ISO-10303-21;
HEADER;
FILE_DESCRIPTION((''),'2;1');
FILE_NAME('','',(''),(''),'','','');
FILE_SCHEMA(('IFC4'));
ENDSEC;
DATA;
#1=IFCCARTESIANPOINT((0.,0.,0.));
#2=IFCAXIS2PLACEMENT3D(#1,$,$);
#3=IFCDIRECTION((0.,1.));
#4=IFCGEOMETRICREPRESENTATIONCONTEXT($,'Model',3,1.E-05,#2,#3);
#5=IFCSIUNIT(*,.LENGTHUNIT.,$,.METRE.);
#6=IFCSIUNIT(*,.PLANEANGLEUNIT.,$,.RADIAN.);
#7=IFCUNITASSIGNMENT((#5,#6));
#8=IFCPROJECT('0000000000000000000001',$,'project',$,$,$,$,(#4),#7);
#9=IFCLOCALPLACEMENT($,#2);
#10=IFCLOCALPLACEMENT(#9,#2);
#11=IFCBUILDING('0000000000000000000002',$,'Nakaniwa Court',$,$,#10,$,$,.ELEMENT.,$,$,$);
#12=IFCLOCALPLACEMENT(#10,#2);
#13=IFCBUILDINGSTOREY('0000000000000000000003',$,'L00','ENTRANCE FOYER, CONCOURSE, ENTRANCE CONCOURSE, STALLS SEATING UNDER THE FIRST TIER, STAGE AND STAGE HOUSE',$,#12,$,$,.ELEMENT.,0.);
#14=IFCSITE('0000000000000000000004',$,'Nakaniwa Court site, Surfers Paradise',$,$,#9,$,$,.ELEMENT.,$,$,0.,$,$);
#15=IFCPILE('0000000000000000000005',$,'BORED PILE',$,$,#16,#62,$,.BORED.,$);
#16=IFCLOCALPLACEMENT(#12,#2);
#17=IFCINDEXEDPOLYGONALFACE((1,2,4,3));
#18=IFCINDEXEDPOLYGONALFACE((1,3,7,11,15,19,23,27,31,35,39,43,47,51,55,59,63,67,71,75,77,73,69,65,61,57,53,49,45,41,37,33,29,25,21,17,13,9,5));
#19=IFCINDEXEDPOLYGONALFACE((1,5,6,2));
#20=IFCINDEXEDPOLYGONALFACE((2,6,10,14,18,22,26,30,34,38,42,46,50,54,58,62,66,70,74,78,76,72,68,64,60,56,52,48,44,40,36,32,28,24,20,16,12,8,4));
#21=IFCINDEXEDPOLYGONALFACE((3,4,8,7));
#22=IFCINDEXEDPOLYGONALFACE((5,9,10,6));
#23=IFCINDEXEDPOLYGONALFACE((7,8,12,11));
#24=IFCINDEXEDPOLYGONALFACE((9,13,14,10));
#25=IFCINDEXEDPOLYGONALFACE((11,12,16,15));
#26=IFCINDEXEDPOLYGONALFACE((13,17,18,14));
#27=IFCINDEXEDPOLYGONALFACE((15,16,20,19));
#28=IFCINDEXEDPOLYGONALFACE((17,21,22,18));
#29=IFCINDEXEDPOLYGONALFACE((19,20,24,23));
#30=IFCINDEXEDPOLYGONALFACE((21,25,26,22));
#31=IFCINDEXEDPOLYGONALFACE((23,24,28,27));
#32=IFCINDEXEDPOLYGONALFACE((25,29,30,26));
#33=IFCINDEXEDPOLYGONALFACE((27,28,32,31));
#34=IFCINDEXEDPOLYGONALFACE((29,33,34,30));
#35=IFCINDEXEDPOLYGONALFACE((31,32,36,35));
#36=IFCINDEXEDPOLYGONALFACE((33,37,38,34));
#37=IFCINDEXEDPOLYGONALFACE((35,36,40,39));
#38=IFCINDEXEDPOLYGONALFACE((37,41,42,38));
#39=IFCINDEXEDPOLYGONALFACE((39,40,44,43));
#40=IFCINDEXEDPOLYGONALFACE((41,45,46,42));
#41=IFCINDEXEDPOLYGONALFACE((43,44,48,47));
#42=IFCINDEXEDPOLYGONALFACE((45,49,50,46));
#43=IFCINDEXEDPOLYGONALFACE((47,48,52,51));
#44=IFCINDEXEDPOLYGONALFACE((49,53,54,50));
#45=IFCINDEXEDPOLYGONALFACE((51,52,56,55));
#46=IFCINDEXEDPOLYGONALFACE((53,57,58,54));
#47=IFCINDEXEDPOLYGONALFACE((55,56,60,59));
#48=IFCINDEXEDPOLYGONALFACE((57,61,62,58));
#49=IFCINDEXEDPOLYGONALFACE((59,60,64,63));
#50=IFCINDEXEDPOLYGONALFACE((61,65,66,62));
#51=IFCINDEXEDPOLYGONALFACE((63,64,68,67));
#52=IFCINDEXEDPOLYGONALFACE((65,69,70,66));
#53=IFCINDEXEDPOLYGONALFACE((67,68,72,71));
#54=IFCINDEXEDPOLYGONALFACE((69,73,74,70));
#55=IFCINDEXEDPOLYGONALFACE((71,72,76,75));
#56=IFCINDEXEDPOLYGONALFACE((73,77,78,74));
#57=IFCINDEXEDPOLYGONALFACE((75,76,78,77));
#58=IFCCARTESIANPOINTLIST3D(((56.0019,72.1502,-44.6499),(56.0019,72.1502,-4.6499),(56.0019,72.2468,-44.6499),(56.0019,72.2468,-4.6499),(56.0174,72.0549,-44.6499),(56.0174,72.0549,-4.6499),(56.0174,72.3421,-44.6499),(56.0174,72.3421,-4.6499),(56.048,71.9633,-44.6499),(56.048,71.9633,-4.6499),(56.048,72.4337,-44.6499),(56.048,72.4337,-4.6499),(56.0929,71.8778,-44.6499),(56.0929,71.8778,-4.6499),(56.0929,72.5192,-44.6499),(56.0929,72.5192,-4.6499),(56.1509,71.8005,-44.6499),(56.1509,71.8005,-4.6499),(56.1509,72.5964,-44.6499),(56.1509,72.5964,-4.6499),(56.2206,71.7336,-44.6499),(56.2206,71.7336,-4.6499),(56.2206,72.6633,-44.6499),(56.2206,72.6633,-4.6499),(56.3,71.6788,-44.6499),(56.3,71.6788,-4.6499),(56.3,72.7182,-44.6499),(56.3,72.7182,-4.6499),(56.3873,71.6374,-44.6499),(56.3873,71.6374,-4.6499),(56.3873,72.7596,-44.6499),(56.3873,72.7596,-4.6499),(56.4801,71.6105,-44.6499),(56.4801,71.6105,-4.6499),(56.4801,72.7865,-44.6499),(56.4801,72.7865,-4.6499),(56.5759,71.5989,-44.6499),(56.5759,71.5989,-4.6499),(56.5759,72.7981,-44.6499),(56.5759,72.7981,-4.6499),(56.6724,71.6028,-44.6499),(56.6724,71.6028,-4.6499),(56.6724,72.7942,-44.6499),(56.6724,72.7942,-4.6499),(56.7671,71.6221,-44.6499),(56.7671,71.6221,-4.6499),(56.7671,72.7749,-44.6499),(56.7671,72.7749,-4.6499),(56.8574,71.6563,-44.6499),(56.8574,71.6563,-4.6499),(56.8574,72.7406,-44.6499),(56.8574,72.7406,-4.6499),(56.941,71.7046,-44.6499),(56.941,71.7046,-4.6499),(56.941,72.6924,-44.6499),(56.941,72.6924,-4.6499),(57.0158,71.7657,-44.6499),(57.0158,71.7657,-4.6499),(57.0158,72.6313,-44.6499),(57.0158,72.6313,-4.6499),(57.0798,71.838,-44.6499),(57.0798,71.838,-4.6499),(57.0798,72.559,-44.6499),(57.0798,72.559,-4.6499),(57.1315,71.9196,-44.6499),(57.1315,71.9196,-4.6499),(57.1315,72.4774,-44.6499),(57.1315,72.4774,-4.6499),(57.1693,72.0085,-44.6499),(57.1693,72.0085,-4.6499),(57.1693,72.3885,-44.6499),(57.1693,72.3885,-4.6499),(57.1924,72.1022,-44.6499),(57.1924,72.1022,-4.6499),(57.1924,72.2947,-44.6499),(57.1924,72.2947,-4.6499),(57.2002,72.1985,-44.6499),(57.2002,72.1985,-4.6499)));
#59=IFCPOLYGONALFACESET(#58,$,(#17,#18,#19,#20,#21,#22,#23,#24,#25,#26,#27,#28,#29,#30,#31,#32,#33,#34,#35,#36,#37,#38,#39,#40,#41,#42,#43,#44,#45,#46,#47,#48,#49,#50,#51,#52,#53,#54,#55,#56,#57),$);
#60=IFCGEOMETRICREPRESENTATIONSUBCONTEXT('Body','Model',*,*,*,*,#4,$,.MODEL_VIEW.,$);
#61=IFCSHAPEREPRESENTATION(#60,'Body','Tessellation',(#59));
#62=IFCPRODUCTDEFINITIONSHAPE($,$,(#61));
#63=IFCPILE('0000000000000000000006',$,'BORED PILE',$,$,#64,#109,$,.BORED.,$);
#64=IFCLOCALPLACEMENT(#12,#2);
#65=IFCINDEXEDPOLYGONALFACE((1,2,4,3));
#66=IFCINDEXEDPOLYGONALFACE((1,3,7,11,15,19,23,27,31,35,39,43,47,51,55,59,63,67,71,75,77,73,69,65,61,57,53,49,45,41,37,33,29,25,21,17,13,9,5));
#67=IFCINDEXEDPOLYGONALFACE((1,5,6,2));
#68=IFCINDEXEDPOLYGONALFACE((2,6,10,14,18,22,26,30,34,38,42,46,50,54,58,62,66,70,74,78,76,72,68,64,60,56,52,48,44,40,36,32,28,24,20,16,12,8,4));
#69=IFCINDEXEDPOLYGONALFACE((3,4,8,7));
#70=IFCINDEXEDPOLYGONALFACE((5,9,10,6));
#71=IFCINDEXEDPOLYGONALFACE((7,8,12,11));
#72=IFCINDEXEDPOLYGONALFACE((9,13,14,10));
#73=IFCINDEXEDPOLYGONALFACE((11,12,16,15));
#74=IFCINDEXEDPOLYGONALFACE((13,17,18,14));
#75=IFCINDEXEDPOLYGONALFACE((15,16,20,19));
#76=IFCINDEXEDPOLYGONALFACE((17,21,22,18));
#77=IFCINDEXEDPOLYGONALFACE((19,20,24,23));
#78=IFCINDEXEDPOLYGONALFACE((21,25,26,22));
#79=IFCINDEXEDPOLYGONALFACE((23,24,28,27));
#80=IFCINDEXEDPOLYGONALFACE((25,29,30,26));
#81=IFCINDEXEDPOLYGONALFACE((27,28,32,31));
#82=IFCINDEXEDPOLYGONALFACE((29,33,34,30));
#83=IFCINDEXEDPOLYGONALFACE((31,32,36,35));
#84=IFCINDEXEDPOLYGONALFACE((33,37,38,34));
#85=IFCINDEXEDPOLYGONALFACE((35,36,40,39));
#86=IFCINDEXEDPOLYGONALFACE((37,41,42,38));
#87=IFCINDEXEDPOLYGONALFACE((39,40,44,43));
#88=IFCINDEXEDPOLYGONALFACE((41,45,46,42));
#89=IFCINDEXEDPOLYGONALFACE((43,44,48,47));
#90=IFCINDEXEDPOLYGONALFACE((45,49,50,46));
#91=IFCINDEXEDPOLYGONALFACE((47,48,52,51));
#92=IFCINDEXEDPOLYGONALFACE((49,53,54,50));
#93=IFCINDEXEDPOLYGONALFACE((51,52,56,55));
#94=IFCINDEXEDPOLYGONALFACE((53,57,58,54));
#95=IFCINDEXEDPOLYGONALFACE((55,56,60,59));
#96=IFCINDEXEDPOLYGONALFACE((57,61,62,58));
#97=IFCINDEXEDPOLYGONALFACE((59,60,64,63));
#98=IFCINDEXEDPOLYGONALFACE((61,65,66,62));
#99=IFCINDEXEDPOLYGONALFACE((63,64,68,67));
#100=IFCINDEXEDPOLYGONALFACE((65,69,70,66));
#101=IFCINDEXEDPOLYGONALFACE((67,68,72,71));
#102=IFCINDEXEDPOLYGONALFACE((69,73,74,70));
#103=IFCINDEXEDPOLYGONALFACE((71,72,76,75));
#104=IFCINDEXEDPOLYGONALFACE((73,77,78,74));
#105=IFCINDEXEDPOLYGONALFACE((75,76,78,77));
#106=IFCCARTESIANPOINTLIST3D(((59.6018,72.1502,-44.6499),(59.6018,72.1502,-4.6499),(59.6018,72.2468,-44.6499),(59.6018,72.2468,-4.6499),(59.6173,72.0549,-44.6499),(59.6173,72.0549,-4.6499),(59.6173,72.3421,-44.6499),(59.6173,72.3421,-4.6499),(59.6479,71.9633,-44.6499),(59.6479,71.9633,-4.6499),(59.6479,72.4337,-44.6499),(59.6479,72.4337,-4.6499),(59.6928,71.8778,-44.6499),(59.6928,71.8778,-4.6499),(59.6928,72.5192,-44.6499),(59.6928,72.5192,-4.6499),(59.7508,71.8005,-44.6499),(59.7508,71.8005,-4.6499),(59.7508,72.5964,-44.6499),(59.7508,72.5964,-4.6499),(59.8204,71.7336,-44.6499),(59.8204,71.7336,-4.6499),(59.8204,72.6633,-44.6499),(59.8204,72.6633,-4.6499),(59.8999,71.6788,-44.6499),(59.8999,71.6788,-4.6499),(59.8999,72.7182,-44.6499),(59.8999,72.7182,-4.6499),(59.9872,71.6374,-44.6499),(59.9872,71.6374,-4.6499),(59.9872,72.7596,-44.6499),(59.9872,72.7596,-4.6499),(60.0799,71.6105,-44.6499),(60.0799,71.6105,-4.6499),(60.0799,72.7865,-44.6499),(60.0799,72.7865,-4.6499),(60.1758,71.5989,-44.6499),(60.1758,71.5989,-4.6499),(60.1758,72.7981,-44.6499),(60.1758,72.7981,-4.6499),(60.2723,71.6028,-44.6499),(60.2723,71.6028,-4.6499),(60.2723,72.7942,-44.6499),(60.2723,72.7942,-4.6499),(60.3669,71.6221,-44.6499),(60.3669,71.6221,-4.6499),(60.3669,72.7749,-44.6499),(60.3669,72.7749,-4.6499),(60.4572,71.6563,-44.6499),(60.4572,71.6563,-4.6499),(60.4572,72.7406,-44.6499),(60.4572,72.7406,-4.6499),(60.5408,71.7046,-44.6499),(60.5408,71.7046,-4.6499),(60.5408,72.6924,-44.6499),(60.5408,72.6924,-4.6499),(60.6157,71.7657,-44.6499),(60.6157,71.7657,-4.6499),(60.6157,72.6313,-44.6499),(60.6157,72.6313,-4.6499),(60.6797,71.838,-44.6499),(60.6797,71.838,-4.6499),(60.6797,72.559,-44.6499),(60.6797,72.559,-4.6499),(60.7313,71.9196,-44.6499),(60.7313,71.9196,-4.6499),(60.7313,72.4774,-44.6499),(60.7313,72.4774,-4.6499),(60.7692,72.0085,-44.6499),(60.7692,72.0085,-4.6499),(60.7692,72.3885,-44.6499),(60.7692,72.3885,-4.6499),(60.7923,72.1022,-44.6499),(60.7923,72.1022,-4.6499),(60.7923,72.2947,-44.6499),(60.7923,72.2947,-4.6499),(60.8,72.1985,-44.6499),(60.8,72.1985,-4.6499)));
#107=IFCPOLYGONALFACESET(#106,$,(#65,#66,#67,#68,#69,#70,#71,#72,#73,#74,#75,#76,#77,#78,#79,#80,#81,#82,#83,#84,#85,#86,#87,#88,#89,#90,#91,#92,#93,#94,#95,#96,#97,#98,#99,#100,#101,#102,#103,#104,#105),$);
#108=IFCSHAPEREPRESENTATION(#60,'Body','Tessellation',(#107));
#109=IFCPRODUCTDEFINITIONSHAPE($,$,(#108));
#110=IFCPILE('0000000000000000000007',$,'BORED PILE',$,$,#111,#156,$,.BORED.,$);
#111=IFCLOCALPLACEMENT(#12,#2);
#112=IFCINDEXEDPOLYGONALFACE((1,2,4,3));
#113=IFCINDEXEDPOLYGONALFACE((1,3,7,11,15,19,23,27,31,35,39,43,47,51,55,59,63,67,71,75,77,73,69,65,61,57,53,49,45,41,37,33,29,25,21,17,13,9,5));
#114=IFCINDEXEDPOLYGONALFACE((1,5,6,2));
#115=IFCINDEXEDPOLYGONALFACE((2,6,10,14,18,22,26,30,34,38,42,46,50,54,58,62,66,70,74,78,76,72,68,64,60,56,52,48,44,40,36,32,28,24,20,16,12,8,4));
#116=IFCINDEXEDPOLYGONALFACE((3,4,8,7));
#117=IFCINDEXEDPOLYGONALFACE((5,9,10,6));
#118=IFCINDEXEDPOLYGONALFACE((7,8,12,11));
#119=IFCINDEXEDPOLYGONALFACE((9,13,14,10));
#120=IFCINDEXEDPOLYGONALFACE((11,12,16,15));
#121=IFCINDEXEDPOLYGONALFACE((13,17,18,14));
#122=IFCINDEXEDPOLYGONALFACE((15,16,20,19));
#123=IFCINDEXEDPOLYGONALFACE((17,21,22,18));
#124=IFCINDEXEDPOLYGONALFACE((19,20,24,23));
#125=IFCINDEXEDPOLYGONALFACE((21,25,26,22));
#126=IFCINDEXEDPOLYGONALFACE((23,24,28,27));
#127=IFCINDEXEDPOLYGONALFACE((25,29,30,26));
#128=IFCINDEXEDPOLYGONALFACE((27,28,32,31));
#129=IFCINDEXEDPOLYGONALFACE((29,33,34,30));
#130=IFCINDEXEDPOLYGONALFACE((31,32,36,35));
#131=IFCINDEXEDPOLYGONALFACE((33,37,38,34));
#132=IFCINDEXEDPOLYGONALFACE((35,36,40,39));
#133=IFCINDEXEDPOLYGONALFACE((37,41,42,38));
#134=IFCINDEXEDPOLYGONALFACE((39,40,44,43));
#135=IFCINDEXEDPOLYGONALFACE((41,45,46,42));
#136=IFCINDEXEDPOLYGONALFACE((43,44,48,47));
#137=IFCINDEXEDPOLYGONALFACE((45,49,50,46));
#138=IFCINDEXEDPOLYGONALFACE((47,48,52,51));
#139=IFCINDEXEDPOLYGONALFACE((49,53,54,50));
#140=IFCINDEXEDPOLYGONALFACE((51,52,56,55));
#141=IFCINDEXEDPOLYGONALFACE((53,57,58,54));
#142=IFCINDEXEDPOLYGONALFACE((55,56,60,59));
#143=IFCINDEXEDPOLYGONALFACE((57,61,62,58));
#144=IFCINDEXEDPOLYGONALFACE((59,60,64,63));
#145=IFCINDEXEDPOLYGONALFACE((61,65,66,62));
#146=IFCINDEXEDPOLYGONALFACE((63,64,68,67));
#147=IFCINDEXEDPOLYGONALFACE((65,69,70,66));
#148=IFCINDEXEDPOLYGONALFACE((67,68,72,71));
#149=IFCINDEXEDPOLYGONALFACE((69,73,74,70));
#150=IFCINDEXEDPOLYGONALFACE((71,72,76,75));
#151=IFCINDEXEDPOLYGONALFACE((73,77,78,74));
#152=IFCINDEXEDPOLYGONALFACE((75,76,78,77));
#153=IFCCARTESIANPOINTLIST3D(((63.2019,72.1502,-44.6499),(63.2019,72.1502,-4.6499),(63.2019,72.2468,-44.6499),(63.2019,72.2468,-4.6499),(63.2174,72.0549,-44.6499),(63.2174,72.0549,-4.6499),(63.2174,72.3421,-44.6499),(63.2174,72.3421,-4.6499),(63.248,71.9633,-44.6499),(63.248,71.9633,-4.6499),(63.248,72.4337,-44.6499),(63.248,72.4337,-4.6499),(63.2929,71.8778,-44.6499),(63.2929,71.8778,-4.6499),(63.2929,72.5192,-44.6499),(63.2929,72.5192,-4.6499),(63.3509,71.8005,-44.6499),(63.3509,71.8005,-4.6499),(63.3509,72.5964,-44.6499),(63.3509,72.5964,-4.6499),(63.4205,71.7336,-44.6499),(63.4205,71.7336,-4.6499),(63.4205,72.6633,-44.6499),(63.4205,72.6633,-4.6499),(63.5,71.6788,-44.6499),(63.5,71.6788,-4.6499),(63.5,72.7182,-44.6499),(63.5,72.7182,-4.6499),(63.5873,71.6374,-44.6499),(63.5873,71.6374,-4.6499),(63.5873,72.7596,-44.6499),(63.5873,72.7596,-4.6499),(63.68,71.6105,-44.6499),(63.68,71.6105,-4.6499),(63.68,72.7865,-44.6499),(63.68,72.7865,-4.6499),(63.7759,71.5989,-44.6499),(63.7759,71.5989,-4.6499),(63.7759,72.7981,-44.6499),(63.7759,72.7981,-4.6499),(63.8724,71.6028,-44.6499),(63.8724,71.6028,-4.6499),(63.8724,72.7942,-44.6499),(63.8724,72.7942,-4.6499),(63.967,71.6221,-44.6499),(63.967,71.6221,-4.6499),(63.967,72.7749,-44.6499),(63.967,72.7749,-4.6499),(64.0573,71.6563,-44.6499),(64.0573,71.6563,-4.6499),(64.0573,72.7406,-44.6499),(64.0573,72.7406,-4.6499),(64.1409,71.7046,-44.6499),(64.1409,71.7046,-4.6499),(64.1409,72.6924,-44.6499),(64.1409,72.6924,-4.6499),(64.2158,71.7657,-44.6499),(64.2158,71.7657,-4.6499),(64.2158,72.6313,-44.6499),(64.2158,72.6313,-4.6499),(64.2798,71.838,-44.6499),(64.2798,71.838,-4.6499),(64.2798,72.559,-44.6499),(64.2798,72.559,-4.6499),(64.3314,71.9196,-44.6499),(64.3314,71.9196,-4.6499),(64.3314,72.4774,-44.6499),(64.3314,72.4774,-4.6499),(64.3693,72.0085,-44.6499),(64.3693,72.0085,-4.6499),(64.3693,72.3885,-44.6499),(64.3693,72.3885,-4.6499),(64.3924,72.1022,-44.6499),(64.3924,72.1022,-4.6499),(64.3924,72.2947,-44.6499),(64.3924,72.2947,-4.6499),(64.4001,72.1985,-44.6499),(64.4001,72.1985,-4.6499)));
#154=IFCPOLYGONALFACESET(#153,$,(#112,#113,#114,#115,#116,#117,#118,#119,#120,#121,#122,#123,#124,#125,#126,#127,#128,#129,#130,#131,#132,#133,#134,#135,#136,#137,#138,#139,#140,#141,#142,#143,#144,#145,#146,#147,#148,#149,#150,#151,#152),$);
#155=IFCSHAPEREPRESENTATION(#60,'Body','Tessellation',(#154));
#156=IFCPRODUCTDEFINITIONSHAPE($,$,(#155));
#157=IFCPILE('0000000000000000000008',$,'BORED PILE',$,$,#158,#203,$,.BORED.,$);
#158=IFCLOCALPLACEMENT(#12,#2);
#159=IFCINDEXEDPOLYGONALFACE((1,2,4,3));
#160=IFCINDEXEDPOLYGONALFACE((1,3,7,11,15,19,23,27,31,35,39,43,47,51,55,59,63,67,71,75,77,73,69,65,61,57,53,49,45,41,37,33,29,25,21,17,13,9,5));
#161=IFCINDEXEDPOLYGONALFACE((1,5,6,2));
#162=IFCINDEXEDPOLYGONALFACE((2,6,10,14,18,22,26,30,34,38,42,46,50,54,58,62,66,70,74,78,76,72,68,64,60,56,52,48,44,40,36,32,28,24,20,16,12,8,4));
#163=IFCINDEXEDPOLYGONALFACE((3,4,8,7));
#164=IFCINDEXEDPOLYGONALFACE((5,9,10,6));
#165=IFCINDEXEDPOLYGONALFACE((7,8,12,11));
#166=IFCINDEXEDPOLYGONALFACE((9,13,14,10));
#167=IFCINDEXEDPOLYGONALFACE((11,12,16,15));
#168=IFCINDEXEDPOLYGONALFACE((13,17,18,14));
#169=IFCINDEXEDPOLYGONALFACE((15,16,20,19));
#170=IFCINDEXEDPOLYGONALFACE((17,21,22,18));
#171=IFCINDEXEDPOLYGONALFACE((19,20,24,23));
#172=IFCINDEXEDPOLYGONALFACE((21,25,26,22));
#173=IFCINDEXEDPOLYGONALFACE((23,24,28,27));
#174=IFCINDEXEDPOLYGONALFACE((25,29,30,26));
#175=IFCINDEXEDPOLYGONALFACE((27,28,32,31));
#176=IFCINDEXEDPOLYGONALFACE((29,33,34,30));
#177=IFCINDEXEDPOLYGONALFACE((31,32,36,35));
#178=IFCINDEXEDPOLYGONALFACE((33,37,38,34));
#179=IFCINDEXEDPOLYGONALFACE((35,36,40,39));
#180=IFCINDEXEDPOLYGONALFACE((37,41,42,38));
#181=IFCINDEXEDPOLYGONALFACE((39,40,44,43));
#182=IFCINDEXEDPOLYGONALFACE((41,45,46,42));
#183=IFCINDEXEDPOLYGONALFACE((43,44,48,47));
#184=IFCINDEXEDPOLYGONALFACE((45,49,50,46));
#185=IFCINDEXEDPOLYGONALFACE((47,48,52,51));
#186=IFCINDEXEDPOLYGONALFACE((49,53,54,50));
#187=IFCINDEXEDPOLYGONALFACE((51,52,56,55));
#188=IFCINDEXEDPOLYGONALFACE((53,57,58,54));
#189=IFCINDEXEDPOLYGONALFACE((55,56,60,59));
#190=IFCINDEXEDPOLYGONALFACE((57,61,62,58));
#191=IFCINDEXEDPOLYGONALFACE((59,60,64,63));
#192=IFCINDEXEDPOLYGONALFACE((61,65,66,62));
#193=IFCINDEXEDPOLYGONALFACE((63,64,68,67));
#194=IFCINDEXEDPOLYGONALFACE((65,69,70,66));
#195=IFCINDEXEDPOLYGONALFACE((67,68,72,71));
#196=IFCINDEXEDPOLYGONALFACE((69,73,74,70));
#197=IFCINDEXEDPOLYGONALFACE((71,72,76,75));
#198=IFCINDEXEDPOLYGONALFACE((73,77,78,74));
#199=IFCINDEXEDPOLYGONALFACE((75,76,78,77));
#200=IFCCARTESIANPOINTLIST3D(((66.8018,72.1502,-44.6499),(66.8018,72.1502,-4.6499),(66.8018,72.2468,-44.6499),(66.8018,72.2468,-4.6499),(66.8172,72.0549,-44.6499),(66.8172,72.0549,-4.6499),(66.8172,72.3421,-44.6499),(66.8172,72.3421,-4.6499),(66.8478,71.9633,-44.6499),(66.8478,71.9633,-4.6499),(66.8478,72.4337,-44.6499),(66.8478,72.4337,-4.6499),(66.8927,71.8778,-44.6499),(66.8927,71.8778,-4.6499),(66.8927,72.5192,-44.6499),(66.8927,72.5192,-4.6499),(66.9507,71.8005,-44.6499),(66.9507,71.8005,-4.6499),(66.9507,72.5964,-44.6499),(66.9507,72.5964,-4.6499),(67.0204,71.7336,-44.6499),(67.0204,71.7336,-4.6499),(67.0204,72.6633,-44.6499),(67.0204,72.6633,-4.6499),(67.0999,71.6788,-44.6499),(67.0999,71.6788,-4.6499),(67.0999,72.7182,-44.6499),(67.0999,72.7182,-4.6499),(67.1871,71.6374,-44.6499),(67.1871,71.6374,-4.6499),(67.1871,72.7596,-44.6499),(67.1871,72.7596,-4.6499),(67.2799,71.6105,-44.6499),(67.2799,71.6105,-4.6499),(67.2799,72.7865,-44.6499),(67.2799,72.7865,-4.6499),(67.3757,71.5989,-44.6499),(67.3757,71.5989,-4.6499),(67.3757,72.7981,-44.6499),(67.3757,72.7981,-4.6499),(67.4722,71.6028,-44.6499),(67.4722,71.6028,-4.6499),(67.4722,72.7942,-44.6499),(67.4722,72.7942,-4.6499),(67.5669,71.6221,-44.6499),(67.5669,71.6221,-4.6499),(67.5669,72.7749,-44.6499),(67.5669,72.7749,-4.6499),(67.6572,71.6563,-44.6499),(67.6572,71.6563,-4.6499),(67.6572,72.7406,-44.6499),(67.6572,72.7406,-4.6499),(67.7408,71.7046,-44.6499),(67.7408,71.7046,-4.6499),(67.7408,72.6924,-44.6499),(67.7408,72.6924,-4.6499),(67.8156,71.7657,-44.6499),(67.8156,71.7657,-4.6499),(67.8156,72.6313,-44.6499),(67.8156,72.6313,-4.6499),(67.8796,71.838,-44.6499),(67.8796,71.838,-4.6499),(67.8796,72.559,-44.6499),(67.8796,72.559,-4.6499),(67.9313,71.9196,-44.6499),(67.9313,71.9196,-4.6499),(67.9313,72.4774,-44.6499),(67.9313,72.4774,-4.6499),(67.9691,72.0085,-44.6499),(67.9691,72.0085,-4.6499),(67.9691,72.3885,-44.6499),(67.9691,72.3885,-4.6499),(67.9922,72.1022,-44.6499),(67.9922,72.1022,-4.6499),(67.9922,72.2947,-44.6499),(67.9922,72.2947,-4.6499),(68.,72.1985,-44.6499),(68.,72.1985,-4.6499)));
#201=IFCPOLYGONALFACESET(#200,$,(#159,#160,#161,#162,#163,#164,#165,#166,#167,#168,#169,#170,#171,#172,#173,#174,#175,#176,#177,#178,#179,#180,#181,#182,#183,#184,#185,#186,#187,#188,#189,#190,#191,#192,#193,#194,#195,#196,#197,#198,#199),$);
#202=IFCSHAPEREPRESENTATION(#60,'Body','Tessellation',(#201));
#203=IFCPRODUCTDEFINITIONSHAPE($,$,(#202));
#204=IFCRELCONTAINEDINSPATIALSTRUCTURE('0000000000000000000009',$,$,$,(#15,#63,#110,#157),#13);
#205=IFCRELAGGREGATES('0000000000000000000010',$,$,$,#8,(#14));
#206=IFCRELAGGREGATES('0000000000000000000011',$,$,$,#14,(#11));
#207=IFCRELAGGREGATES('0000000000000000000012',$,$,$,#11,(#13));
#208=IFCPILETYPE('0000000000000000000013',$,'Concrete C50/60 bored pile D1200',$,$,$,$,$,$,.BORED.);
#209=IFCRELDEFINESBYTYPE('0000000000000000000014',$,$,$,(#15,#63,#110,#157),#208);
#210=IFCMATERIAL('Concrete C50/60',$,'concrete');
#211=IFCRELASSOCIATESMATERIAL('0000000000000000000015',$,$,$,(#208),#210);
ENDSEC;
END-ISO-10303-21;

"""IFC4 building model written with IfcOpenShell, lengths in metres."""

from ifc_helpers import new_model, si_unit, direction, frame, origin, origin_2d, place, context, subcontext, project, spatial, circle, extrude, material, material_profile, profile_set, type_object, element, save


model = new_model("IFC4")

# Units and contexts
model_context = context("Model", 3, precision=1e-05, world=origin(), true_north=direction((0.0, 1.0)))
body_context = subcontext(model_context, "Body", "Model", "MODEL_VIEW")
ifc_project = project(units=[si_unit("LENGTHUNIT", "METRE"), si_unit("PLANEANGLEUNIT", "RADIAN")], contexts=[model_context])

# Site, building, storey
site_placement = place(None, origin())
site = spatial("IfcSite", under=ifc_project, at=site_placement, Name="Nakaniwa Court site, Surfers Paradise", CompositionType="ELEMENT", RefElevation=0.0)
building_placement = place(site_placement, origin())
building = spatial("IfcBuilding", under=site, at=building_placement, Name="Nakaniwa Court", CompositionType="ELEMENT")
storey_placement = place(building_placement, origin())
storey = spatial("IfcBuildingStorey", under=building, at=storey_placement, Name="L00", Description="ENTRANCE FOYER, CONCOURSE, ENTRANCE CONCOURSE, STALLS SEATING UNDER THE FIRST TIER, STAGE AND STAGE HOUSE", CompositionType="ELEMENT", Elevation=0.0)

# Piles
ifc_material_1 = material(Name="Concrete C50/60", Category="concrete")
ifc_material_profile_1 = material_profile(ifc_material_1, circle(Radius=0.6001, at=origin_2d()), Name="Concrete C50/60 bored pile D1200")
ifc_profile_set_1 = profile_set([ifc_material_profile_1], Name="Concrete C50/60")
pile_type = type_object("IfcPileType", Name="Concrete C50/60 bored pile D1200", PredefinedType="BORED", material=ifc_profile_set_1)
for number, where, z_axis, x_axis, name in (
    (1, (56.6001, 72.1985, -4.6499), (0.0, 0.0, -1.0), (1.0, 0.0, 0.0), "BORED PILE"),
    (2, (60.2, 72.1985, -4.6499), (0.0, 0.0, -1.0), (1.0, 0.0, 0.0), "BORED PILE"),
    (3, (63.8, 72.1985, -4.6499), (0.0, 0.0, -1.0), (1.0, 0.0, 0.0), "BORED PILE"),
    (4, (67.3999, 72.1985, -4.6499), (0.0, 0.0, -1.0), (1.0, 0.0, 0.0), "BORED PILE"),
):
    element("IfcPile", number, at=place(storey_placement, frame(where, z_axis=z_axis, x_axis=x_axis)), inside=storey, type_object=pile_type, Name=name, PredefinedType="BORED", context=body_context, shape_type="SweptSolid", body=[
        extrude(circle(Radius=0.6001, at=origin_2d()), origin(), (0.0, 0.0, 1.0), 40.0),
    ])

save(model, "model.ifc")
